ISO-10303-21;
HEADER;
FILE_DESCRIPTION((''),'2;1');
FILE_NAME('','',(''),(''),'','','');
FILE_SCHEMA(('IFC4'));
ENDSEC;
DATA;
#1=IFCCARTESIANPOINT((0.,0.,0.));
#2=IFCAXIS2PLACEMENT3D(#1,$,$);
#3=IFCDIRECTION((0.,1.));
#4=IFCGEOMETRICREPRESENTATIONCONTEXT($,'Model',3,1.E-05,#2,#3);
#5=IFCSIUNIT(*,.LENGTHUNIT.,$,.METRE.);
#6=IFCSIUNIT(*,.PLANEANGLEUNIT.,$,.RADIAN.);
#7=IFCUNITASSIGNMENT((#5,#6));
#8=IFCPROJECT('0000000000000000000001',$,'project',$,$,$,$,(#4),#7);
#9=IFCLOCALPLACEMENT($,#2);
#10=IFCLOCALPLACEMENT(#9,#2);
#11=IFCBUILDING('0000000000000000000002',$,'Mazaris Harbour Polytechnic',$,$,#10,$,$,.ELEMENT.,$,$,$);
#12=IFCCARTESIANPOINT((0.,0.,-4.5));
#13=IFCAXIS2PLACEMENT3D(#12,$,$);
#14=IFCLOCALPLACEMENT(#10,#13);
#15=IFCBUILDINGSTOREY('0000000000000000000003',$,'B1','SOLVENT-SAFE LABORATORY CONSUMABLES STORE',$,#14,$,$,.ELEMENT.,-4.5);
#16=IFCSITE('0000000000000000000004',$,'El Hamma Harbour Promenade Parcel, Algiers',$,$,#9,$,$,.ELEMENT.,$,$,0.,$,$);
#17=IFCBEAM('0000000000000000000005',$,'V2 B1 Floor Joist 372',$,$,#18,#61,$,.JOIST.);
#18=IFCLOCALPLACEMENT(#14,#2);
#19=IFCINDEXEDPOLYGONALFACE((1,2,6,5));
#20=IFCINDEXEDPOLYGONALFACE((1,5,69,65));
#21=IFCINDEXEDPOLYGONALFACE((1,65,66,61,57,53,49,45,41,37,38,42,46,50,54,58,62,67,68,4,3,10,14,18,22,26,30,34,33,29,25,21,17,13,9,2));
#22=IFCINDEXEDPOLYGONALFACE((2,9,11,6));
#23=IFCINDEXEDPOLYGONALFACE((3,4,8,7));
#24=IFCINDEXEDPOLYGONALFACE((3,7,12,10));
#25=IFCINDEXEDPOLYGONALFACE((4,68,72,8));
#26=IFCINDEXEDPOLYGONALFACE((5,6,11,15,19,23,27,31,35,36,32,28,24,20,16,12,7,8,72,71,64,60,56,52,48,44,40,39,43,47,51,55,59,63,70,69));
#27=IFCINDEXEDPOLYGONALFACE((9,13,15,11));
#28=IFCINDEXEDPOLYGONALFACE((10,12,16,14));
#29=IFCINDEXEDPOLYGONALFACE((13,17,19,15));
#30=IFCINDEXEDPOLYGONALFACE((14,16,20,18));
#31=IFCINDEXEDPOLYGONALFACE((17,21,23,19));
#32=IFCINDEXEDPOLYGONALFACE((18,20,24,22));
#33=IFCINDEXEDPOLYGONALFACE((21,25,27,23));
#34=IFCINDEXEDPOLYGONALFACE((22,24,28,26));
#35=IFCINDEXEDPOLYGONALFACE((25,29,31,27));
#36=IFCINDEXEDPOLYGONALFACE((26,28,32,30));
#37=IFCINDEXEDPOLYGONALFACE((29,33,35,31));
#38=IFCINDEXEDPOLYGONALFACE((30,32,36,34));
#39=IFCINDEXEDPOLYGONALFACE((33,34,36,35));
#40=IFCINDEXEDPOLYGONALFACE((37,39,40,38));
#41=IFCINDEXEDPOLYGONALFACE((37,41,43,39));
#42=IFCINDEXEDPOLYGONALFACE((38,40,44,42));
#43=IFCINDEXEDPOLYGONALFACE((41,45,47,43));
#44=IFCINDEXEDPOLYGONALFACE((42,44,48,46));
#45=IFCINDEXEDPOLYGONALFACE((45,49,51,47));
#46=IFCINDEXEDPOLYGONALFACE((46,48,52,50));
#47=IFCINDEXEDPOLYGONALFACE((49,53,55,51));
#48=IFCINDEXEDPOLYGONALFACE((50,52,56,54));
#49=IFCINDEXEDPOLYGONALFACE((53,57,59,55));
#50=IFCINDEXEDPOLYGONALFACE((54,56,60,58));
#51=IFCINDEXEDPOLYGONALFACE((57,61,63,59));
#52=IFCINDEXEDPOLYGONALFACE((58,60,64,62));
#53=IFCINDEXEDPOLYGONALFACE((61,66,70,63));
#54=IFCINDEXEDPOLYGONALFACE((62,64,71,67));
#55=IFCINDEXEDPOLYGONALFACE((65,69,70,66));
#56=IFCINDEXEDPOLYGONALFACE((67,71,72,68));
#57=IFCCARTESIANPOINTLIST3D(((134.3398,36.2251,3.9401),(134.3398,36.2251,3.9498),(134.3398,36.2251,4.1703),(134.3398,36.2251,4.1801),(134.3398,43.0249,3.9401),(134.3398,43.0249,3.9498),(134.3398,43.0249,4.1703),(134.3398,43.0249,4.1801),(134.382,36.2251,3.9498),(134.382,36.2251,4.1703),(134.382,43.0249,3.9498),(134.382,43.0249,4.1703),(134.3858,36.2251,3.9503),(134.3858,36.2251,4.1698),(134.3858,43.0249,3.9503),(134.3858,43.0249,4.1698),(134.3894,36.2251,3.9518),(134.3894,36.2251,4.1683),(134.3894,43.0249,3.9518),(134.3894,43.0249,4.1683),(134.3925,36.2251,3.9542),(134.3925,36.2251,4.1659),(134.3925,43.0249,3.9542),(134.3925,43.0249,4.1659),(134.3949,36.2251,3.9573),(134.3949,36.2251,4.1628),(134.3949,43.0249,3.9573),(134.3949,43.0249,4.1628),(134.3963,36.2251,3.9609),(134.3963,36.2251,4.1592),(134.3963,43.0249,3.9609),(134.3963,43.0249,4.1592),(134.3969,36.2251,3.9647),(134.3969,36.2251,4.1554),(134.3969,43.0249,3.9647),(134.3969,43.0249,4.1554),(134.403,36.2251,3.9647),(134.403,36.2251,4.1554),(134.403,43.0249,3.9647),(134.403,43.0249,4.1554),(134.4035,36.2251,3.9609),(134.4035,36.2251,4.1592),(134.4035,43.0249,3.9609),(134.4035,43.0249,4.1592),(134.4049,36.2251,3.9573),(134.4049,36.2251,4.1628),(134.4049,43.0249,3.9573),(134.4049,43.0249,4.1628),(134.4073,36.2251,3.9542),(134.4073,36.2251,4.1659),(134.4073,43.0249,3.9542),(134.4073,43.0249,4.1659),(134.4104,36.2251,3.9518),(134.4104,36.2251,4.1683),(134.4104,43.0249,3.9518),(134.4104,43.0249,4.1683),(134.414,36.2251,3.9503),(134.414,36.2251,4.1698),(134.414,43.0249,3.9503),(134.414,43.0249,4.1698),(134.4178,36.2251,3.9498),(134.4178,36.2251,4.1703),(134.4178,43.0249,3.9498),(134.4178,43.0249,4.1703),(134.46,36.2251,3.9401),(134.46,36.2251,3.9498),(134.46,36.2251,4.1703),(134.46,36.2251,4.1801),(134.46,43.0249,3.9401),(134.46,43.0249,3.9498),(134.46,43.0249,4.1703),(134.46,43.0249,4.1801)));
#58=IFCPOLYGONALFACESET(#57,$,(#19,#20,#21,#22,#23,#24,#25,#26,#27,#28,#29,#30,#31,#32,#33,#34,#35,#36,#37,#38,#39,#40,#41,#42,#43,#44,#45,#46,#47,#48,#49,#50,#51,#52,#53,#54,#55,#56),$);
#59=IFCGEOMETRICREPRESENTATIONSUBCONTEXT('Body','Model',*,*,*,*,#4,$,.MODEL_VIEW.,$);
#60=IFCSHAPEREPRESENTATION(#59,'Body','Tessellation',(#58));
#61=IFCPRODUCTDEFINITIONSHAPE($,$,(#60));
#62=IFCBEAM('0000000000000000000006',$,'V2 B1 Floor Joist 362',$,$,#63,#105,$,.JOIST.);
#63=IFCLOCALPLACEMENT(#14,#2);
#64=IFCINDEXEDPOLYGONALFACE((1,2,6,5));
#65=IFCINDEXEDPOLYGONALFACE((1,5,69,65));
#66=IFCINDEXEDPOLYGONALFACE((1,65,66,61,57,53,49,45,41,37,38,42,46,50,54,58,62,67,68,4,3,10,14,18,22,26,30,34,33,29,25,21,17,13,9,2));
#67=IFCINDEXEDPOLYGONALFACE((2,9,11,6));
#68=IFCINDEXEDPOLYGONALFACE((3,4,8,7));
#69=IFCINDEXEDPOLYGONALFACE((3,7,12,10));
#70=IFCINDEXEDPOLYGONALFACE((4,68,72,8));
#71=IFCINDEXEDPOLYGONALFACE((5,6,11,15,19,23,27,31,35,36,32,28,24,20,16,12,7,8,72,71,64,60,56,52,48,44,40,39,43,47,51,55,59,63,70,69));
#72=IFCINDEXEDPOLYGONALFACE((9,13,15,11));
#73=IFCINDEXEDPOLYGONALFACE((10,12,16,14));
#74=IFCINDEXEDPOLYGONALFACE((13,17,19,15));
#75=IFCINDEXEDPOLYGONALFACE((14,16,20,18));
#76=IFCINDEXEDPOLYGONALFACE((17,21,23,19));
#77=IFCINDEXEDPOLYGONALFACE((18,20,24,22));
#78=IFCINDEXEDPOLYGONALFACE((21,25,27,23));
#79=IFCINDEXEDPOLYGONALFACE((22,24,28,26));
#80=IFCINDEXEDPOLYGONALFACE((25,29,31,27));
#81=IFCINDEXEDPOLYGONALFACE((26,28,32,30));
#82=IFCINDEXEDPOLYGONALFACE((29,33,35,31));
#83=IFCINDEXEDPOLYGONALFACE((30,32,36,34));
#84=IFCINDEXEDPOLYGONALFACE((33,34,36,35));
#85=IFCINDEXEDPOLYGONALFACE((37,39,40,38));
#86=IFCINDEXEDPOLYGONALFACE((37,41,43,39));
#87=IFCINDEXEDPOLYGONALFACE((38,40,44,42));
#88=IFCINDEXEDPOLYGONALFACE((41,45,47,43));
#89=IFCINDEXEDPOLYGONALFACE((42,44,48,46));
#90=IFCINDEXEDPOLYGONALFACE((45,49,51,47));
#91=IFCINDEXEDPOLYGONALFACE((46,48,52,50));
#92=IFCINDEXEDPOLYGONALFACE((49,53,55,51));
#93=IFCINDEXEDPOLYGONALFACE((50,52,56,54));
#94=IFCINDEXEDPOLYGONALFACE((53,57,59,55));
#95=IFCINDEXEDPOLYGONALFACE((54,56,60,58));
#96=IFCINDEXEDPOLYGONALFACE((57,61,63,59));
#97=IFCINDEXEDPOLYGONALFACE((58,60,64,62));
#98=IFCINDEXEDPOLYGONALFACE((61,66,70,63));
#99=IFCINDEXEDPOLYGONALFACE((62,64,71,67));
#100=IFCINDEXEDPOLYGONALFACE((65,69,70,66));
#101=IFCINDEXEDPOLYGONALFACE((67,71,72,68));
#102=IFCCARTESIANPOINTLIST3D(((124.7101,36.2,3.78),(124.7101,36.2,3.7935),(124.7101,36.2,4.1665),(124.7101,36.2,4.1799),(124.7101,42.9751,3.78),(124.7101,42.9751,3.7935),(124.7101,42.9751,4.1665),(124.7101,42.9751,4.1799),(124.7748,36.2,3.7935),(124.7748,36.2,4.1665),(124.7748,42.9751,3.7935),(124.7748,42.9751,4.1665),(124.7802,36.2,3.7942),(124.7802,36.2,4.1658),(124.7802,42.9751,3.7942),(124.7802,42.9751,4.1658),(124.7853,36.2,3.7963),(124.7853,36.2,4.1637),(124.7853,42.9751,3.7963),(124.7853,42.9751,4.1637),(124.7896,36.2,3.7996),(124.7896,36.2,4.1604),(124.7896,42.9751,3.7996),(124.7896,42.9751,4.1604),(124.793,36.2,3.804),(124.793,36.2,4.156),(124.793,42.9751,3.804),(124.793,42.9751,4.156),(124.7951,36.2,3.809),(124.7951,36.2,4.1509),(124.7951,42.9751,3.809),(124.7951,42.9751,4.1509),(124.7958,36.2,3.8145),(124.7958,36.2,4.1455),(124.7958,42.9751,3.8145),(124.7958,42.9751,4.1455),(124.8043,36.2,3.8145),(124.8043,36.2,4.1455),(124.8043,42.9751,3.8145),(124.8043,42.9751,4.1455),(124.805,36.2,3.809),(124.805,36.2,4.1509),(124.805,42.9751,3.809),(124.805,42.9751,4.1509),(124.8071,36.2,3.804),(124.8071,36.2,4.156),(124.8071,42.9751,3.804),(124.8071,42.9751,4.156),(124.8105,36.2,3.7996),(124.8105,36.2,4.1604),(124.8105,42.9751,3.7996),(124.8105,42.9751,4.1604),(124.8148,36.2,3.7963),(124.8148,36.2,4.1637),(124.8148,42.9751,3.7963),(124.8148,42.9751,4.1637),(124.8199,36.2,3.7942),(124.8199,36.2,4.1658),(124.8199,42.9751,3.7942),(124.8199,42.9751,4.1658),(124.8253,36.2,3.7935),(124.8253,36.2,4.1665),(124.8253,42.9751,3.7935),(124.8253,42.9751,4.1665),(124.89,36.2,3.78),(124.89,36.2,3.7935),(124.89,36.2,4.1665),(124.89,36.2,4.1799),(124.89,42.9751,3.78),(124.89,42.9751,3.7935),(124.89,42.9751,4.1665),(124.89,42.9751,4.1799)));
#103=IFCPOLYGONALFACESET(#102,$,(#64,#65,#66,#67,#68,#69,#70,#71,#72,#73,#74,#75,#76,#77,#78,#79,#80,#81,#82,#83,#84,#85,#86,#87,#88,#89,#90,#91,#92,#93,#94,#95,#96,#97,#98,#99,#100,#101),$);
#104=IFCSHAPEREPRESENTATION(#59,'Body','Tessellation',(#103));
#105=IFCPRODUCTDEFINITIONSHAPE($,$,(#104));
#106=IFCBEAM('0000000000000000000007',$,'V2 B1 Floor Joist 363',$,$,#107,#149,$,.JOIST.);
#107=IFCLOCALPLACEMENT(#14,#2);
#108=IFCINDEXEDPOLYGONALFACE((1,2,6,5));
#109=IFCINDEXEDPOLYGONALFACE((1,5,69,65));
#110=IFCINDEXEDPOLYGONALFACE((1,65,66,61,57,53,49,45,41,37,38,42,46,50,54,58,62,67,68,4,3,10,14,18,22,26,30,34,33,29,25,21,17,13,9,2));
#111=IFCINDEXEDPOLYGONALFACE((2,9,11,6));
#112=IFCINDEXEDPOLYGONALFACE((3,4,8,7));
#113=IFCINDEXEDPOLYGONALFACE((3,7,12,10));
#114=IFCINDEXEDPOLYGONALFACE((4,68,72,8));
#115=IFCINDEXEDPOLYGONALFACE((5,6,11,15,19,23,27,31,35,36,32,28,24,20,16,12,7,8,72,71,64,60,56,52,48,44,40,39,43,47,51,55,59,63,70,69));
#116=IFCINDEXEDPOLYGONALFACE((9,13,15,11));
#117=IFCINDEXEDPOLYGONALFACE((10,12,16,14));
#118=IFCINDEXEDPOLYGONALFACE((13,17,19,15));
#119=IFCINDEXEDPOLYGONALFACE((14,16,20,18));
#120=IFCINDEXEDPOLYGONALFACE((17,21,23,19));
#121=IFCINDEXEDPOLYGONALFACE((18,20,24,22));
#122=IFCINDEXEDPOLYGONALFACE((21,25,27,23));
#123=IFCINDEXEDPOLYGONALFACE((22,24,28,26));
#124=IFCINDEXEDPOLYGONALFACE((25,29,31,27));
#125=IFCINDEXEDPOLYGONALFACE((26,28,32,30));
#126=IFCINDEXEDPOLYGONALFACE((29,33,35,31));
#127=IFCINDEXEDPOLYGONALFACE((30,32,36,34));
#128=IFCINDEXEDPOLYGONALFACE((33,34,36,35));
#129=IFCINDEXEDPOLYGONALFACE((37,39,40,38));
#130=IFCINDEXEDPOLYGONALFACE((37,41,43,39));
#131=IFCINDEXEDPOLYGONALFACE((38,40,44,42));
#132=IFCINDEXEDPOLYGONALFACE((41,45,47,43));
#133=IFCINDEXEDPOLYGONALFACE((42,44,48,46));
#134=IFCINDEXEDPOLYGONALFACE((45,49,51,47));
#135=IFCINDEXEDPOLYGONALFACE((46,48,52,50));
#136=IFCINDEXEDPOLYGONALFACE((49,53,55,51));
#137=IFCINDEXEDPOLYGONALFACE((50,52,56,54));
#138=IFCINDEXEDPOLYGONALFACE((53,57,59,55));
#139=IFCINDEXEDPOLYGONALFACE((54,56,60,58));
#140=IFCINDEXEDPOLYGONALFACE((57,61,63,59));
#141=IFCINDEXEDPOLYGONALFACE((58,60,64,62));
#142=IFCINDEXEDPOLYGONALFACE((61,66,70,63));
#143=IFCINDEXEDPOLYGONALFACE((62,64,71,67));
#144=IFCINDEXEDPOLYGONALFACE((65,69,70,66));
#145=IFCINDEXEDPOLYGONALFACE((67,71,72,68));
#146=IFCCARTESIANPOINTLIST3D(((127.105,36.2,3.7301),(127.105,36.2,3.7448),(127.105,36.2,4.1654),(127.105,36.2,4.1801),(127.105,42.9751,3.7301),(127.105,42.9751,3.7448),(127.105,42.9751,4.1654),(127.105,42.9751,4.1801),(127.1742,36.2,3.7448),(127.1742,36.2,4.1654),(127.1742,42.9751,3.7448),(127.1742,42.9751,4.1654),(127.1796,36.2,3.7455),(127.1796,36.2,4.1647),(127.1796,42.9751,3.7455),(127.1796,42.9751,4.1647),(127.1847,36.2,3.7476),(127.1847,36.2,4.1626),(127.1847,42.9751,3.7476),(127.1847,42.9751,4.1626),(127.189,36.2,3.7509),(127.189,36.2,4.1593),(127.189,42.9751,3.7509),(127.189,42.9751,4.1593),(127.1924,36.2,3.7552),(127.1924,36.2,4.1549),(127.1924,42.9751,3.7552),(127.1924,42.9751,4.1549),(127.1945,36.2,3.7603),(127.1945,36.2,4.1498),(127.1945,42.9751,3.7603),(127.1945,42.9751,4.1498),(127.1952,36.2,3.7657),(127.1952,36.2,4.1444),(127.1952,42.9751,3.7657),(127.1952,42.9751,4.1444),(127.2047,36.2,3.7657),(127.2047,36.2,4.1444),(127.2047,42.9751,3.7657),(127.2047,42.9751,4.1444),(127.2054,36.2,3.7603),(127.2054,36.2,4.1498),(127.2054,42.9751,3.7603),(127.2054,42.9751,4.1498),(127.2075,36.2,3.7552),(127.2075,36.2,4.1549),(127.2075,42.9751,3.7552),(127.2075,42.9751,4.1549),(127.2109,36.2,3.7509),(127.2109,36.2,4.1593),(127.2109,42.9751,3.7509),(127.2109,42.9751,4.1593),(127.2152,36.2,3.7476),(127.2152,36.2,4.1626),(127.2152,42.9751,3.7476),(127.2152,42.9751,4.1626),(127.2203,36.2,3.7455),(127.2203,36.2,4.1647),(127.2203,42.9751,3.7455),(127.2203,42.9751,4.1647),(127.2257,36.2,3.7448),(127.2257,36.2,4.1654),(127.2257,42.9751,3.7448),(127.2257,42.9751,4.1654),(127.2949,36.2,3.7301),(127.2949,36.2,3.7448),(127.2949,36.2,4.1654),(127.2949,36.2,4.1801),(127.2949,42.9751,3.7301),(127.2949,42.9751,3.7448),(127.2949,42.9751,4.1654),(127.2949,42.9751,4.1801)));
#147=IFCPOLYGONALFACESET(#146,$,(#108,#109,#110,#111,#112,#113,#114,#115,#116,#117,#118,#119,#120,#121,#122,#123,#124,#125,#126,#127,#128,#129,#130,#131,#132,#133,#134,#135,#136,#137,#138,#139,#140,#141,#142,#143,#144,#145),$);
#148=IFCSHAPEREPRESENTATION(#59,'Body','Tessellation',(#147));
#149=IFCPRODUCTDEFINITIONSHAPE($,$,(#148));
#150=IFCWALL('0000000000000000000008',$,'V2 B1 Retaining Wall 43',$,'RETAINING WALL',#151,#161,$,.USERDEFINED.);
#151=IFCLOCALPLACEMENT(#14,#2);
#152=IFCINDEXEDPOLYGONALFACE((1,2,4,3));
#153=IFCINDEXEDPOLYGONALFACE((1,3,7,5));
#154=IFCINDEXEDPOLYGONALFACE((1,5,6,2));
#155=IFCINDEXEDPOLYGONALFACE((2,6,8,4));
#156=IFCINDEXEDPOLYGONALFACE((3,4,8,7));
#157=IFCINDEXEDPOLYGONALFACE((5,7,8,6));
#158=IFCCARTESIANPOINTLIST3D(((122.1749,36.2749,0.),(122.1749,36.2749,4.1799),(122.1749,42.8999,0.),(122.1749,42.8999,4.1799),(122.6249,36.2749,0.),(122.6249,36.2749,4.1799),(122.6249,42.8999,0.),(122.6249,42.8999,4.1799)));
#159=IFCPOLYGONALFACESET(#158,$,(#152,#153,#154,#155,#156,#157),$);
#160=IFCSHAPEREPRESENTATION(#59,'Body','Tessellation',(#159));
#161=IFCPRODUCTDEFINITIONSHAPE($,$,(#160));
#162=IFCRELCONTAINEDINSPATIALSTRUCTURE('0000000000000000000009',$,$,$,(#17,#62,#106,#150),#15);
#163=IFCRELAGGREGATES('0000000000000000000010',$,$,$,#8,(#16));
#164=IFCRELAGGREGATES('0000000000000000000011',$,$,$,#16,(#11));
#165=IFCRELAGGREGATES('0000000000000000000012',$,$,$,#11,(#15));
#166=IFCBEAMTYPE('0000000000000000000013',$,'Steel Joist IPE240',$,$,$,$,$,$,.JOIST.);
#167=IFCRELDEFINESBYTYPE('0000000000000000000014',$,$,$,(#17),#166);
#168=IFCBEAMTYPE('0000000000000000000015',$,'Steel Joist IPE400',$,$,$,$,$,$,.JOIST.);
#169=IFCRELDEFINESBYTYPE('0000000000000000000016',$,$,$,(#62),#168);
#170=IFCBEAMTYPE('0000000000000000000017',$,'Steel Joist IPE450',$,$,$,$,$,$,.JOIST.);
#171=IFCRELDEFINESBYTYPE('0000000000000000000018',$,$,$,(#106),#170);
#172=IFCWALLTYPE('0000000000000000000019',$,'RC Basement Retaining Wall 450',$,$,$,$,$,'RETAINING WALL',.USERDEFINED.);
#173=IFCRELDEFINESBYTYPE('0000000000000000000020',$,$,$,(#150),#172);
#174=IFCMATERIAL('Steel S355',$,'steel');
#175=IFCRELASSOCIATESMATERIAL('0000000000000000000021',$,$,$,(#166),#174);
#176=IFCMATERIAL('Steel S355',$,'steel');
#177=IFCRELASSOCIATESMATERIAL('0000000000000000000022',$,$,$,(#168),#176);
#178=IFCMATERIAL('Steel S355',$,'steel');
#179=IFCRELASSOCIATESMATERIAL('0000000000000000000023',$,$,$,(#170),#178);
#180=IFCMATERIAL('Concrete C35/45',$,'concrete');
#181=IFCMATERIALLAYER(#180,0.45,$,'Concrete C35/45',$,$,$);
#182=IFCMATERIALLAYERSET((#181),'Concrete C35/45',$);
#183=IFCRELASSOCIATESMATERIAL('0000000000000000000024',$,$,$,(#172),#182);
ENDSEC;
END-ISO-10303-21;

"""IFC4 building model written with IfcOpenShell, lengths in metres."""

from ifc_helpers import new_model, si_unit, direction, frame, frame_2d, origin, origin_2d, place, context, subcontext, project, spatial, rectangle, i_section, extrude, material, layer, layer_set, material_profile, profile_set, type_object, element, save


model = new_model("IFC4")

# Units and contexts
model_context = context("Model", 3, precision=1e-05, world=origin(), true_north=direction((0.0, 1.0)))
body_context = subcontext(model_context, "Body", "Model", "MODEL_VIEW")
ifc_project = project(units=[si_unit("LENGTHUNIT", "METRE"), si_unit("PLANEANGLEUNIT", "RADIAN")], contexts=[model_context])

# Site, building, storey
site_placement = place(None, origin())
site = spatial("IfcSite", under=ifc_project, at=site_placement, Name="El Hamma Harbour Promenade Parcel, Algiers", CompositionType="ELEMENT", RefElevation=0.0)
building_placement = place(site_placement, origin())
building = spatial("IfcBuilding", under=site, at=building_placement, Name="Mazaris Harbour Polytechnic", CompositionType="ELEMENT")
storey_placement = place(building_placement, frame((0.0, 0.0, -4.5)))
storey = spatial("IfcBuildingStorey", under=building, at=storey_placement, Name="B1", Description="SOLVENT-SAFE LABORATORY CONSUMABLES STORE", CompositionType="ELEMENT", Elevation=-4.5)

# Beams
ifc_material_1 = material(Name="Steel S355", Category="steel")
ifc_material_profile_1 = material_profile(ifc_material_1, i_section(OverallWidth=0.1201, OverallDepth=0.24, WebThickness=0.0061, FlangeThickness=0.0098, FilletRadius=0.0149, at=origin_2d()), Name="IPE 240")
ifc_profile_set_1 = profile_set([ifc_material_profile_1], Name="Steel S355")
beam_type_1 = type_object("IfcBeamType", Name="Steel Joist IPE240", PredefinedType="JOIST", material=ifc_profile_set_1)
beam_1_placement = place(storey_placement, frame((134.3999, 36.2251, 4.0601), z_axis=(0.0, 1.0, 0.0), x_axis=(-1.0, 0.0, 0.0)))
element("IfcBeam", 1, at=beam_1_placement, inside=storey, type_object=beam_type_1, Name="V2 B1 Floor Joist 372", PredefinedType="JOIST", context=body_context, shape_type="SweptSolid", body=[
    extrude(i_section(OverallWidth=0.1201, OverallDepth=0.24, WebThickness=0.0061, FlangeThickness=0.0098, FilletRadius=0.0149, at=origin_2d()), origin(), (0.0, 0.0, 1.0), 6.7998),
])
ifc_material_2 = material(Name="Steel S355", Category="steel")
ifc_material_profile_2 = material_profile(ifc_material_2, i_section(OverallWidth=0.1799, OverallDepth=0.3999, WebThickness=0.0085, FlangeThickness=0.0134, FilletRadius=0.021, at=origin_2d()), Name="IPE 400")
ifc_profile_set_2 = profile_set([ifc_material_profile_2], Name="Steel S355")
beam_type_2 = type_object("IfcBeamType", Name="Steel Joist IPE400", PredefinedType="JOIST", material=ifc_profile_set_2)
beam_2_placement = place(storey_placement, frame((124.8, 36.2, 3.98), z_axis=(0.0, 1.0, 0.0), x_axis=(-1.0, 0.0, 0.0)))
element("IfcBeam", 2, at=beam_2_placement, inside=storey, type_object=beam_type_2, Name="V2 B1 Floor Joist 362", PredefinedType="JOIST", context=body_context, shape_type="SweptSolid", body=[
    extrude(i_section(OverallWidth=0.1799, OverallDepth=0.3999, WebThickness=0.0085, FlangeThickness=0.0134, FilletRadius=0.021, at=origin_2d()), origin(), (0.0, 0.0, 1.0), 6.7751),
])
ifc_material_3 = material(Name="Steel S355", Category="steel")
ifc_material_profile_3 = material_profile(ifc_material_3, i_section(OverallWidth=0.1899, OverallDepth=0.45, WebThickness=0.0095, FlangeThickness=0.0146, FilletRadius=0.021, at=origin_2d()), Name="IPE 450")
ifc_profile_set_3 = profile_set([ifc_material_profile_3], Name="Steel S355")
beam_type_3 = type_object("IfcBeamType", Name="Steel Joist IPE450", PredefinedType="JOIST", material=ifc_profile_set_3)
beam_3_placement = place(storey_placement, frame((127.2, 36.2, 3.9551), z_axis=(0.0, 1.0, 0.0), x_axis=(-1.0, 0.0, 0.0)))
element("IfcBeam", 3, at=beam_3_placement, inside=storey, type_object=beam_type_3, Name="V2 B1 Floor Joist 363", PredefinedType="JOIST", context=body_context, shape_type="SweptSolid", body=[
    extrude(i_section(OverallWidth=0.1899, OverallDepth=0.45, WebThickness=0.0095, FlangeThickness=0.0146, FilletRadius=0.021, at=origin_2d()), origin(), (0.0, 0.0, 1.0), 6.7751),
])

# Wall
ifc_material_4 = material(Name="Concrete C35/45", Category="concrete")
ifc_layer = layer(ifc_material_4, 0.45, Name="Concrete C35/45")
ifc_layer_set = layer_set([ifc_layer], Name="Concrete C35/45")
wall_type = type_object("IfcWallType", Name="RC Basement Retaining Wall 450", ElementType="RETAINING WALL", PredefinedType="USERDEFINED", material=ifc_layer_set)
wall_placement = place(storey_placement, frame((122.3999, 36.2749, 0.0), z_axis=(0.0, 0.0, 1.0), x_axis=(0.0, 1.0, 0.0)))
element("IfcWall", 4, at=wall_placement, inside=storey, type_object=wall_type, Name="V2 B1 Retaining Wall 43", ObjectType="RETAINING WALL", PredefinedType="USERDEFINED", context=body_context, shape_type="SweptSolid", body=[
    extrude(rectangle(XDim=6.625, YDim=0.45, at=frame_2d((3.3125, 0.0))), origin(), (0.0, 0.0, 1.0), 4.1799),
])

save(model, "model.ifc")
